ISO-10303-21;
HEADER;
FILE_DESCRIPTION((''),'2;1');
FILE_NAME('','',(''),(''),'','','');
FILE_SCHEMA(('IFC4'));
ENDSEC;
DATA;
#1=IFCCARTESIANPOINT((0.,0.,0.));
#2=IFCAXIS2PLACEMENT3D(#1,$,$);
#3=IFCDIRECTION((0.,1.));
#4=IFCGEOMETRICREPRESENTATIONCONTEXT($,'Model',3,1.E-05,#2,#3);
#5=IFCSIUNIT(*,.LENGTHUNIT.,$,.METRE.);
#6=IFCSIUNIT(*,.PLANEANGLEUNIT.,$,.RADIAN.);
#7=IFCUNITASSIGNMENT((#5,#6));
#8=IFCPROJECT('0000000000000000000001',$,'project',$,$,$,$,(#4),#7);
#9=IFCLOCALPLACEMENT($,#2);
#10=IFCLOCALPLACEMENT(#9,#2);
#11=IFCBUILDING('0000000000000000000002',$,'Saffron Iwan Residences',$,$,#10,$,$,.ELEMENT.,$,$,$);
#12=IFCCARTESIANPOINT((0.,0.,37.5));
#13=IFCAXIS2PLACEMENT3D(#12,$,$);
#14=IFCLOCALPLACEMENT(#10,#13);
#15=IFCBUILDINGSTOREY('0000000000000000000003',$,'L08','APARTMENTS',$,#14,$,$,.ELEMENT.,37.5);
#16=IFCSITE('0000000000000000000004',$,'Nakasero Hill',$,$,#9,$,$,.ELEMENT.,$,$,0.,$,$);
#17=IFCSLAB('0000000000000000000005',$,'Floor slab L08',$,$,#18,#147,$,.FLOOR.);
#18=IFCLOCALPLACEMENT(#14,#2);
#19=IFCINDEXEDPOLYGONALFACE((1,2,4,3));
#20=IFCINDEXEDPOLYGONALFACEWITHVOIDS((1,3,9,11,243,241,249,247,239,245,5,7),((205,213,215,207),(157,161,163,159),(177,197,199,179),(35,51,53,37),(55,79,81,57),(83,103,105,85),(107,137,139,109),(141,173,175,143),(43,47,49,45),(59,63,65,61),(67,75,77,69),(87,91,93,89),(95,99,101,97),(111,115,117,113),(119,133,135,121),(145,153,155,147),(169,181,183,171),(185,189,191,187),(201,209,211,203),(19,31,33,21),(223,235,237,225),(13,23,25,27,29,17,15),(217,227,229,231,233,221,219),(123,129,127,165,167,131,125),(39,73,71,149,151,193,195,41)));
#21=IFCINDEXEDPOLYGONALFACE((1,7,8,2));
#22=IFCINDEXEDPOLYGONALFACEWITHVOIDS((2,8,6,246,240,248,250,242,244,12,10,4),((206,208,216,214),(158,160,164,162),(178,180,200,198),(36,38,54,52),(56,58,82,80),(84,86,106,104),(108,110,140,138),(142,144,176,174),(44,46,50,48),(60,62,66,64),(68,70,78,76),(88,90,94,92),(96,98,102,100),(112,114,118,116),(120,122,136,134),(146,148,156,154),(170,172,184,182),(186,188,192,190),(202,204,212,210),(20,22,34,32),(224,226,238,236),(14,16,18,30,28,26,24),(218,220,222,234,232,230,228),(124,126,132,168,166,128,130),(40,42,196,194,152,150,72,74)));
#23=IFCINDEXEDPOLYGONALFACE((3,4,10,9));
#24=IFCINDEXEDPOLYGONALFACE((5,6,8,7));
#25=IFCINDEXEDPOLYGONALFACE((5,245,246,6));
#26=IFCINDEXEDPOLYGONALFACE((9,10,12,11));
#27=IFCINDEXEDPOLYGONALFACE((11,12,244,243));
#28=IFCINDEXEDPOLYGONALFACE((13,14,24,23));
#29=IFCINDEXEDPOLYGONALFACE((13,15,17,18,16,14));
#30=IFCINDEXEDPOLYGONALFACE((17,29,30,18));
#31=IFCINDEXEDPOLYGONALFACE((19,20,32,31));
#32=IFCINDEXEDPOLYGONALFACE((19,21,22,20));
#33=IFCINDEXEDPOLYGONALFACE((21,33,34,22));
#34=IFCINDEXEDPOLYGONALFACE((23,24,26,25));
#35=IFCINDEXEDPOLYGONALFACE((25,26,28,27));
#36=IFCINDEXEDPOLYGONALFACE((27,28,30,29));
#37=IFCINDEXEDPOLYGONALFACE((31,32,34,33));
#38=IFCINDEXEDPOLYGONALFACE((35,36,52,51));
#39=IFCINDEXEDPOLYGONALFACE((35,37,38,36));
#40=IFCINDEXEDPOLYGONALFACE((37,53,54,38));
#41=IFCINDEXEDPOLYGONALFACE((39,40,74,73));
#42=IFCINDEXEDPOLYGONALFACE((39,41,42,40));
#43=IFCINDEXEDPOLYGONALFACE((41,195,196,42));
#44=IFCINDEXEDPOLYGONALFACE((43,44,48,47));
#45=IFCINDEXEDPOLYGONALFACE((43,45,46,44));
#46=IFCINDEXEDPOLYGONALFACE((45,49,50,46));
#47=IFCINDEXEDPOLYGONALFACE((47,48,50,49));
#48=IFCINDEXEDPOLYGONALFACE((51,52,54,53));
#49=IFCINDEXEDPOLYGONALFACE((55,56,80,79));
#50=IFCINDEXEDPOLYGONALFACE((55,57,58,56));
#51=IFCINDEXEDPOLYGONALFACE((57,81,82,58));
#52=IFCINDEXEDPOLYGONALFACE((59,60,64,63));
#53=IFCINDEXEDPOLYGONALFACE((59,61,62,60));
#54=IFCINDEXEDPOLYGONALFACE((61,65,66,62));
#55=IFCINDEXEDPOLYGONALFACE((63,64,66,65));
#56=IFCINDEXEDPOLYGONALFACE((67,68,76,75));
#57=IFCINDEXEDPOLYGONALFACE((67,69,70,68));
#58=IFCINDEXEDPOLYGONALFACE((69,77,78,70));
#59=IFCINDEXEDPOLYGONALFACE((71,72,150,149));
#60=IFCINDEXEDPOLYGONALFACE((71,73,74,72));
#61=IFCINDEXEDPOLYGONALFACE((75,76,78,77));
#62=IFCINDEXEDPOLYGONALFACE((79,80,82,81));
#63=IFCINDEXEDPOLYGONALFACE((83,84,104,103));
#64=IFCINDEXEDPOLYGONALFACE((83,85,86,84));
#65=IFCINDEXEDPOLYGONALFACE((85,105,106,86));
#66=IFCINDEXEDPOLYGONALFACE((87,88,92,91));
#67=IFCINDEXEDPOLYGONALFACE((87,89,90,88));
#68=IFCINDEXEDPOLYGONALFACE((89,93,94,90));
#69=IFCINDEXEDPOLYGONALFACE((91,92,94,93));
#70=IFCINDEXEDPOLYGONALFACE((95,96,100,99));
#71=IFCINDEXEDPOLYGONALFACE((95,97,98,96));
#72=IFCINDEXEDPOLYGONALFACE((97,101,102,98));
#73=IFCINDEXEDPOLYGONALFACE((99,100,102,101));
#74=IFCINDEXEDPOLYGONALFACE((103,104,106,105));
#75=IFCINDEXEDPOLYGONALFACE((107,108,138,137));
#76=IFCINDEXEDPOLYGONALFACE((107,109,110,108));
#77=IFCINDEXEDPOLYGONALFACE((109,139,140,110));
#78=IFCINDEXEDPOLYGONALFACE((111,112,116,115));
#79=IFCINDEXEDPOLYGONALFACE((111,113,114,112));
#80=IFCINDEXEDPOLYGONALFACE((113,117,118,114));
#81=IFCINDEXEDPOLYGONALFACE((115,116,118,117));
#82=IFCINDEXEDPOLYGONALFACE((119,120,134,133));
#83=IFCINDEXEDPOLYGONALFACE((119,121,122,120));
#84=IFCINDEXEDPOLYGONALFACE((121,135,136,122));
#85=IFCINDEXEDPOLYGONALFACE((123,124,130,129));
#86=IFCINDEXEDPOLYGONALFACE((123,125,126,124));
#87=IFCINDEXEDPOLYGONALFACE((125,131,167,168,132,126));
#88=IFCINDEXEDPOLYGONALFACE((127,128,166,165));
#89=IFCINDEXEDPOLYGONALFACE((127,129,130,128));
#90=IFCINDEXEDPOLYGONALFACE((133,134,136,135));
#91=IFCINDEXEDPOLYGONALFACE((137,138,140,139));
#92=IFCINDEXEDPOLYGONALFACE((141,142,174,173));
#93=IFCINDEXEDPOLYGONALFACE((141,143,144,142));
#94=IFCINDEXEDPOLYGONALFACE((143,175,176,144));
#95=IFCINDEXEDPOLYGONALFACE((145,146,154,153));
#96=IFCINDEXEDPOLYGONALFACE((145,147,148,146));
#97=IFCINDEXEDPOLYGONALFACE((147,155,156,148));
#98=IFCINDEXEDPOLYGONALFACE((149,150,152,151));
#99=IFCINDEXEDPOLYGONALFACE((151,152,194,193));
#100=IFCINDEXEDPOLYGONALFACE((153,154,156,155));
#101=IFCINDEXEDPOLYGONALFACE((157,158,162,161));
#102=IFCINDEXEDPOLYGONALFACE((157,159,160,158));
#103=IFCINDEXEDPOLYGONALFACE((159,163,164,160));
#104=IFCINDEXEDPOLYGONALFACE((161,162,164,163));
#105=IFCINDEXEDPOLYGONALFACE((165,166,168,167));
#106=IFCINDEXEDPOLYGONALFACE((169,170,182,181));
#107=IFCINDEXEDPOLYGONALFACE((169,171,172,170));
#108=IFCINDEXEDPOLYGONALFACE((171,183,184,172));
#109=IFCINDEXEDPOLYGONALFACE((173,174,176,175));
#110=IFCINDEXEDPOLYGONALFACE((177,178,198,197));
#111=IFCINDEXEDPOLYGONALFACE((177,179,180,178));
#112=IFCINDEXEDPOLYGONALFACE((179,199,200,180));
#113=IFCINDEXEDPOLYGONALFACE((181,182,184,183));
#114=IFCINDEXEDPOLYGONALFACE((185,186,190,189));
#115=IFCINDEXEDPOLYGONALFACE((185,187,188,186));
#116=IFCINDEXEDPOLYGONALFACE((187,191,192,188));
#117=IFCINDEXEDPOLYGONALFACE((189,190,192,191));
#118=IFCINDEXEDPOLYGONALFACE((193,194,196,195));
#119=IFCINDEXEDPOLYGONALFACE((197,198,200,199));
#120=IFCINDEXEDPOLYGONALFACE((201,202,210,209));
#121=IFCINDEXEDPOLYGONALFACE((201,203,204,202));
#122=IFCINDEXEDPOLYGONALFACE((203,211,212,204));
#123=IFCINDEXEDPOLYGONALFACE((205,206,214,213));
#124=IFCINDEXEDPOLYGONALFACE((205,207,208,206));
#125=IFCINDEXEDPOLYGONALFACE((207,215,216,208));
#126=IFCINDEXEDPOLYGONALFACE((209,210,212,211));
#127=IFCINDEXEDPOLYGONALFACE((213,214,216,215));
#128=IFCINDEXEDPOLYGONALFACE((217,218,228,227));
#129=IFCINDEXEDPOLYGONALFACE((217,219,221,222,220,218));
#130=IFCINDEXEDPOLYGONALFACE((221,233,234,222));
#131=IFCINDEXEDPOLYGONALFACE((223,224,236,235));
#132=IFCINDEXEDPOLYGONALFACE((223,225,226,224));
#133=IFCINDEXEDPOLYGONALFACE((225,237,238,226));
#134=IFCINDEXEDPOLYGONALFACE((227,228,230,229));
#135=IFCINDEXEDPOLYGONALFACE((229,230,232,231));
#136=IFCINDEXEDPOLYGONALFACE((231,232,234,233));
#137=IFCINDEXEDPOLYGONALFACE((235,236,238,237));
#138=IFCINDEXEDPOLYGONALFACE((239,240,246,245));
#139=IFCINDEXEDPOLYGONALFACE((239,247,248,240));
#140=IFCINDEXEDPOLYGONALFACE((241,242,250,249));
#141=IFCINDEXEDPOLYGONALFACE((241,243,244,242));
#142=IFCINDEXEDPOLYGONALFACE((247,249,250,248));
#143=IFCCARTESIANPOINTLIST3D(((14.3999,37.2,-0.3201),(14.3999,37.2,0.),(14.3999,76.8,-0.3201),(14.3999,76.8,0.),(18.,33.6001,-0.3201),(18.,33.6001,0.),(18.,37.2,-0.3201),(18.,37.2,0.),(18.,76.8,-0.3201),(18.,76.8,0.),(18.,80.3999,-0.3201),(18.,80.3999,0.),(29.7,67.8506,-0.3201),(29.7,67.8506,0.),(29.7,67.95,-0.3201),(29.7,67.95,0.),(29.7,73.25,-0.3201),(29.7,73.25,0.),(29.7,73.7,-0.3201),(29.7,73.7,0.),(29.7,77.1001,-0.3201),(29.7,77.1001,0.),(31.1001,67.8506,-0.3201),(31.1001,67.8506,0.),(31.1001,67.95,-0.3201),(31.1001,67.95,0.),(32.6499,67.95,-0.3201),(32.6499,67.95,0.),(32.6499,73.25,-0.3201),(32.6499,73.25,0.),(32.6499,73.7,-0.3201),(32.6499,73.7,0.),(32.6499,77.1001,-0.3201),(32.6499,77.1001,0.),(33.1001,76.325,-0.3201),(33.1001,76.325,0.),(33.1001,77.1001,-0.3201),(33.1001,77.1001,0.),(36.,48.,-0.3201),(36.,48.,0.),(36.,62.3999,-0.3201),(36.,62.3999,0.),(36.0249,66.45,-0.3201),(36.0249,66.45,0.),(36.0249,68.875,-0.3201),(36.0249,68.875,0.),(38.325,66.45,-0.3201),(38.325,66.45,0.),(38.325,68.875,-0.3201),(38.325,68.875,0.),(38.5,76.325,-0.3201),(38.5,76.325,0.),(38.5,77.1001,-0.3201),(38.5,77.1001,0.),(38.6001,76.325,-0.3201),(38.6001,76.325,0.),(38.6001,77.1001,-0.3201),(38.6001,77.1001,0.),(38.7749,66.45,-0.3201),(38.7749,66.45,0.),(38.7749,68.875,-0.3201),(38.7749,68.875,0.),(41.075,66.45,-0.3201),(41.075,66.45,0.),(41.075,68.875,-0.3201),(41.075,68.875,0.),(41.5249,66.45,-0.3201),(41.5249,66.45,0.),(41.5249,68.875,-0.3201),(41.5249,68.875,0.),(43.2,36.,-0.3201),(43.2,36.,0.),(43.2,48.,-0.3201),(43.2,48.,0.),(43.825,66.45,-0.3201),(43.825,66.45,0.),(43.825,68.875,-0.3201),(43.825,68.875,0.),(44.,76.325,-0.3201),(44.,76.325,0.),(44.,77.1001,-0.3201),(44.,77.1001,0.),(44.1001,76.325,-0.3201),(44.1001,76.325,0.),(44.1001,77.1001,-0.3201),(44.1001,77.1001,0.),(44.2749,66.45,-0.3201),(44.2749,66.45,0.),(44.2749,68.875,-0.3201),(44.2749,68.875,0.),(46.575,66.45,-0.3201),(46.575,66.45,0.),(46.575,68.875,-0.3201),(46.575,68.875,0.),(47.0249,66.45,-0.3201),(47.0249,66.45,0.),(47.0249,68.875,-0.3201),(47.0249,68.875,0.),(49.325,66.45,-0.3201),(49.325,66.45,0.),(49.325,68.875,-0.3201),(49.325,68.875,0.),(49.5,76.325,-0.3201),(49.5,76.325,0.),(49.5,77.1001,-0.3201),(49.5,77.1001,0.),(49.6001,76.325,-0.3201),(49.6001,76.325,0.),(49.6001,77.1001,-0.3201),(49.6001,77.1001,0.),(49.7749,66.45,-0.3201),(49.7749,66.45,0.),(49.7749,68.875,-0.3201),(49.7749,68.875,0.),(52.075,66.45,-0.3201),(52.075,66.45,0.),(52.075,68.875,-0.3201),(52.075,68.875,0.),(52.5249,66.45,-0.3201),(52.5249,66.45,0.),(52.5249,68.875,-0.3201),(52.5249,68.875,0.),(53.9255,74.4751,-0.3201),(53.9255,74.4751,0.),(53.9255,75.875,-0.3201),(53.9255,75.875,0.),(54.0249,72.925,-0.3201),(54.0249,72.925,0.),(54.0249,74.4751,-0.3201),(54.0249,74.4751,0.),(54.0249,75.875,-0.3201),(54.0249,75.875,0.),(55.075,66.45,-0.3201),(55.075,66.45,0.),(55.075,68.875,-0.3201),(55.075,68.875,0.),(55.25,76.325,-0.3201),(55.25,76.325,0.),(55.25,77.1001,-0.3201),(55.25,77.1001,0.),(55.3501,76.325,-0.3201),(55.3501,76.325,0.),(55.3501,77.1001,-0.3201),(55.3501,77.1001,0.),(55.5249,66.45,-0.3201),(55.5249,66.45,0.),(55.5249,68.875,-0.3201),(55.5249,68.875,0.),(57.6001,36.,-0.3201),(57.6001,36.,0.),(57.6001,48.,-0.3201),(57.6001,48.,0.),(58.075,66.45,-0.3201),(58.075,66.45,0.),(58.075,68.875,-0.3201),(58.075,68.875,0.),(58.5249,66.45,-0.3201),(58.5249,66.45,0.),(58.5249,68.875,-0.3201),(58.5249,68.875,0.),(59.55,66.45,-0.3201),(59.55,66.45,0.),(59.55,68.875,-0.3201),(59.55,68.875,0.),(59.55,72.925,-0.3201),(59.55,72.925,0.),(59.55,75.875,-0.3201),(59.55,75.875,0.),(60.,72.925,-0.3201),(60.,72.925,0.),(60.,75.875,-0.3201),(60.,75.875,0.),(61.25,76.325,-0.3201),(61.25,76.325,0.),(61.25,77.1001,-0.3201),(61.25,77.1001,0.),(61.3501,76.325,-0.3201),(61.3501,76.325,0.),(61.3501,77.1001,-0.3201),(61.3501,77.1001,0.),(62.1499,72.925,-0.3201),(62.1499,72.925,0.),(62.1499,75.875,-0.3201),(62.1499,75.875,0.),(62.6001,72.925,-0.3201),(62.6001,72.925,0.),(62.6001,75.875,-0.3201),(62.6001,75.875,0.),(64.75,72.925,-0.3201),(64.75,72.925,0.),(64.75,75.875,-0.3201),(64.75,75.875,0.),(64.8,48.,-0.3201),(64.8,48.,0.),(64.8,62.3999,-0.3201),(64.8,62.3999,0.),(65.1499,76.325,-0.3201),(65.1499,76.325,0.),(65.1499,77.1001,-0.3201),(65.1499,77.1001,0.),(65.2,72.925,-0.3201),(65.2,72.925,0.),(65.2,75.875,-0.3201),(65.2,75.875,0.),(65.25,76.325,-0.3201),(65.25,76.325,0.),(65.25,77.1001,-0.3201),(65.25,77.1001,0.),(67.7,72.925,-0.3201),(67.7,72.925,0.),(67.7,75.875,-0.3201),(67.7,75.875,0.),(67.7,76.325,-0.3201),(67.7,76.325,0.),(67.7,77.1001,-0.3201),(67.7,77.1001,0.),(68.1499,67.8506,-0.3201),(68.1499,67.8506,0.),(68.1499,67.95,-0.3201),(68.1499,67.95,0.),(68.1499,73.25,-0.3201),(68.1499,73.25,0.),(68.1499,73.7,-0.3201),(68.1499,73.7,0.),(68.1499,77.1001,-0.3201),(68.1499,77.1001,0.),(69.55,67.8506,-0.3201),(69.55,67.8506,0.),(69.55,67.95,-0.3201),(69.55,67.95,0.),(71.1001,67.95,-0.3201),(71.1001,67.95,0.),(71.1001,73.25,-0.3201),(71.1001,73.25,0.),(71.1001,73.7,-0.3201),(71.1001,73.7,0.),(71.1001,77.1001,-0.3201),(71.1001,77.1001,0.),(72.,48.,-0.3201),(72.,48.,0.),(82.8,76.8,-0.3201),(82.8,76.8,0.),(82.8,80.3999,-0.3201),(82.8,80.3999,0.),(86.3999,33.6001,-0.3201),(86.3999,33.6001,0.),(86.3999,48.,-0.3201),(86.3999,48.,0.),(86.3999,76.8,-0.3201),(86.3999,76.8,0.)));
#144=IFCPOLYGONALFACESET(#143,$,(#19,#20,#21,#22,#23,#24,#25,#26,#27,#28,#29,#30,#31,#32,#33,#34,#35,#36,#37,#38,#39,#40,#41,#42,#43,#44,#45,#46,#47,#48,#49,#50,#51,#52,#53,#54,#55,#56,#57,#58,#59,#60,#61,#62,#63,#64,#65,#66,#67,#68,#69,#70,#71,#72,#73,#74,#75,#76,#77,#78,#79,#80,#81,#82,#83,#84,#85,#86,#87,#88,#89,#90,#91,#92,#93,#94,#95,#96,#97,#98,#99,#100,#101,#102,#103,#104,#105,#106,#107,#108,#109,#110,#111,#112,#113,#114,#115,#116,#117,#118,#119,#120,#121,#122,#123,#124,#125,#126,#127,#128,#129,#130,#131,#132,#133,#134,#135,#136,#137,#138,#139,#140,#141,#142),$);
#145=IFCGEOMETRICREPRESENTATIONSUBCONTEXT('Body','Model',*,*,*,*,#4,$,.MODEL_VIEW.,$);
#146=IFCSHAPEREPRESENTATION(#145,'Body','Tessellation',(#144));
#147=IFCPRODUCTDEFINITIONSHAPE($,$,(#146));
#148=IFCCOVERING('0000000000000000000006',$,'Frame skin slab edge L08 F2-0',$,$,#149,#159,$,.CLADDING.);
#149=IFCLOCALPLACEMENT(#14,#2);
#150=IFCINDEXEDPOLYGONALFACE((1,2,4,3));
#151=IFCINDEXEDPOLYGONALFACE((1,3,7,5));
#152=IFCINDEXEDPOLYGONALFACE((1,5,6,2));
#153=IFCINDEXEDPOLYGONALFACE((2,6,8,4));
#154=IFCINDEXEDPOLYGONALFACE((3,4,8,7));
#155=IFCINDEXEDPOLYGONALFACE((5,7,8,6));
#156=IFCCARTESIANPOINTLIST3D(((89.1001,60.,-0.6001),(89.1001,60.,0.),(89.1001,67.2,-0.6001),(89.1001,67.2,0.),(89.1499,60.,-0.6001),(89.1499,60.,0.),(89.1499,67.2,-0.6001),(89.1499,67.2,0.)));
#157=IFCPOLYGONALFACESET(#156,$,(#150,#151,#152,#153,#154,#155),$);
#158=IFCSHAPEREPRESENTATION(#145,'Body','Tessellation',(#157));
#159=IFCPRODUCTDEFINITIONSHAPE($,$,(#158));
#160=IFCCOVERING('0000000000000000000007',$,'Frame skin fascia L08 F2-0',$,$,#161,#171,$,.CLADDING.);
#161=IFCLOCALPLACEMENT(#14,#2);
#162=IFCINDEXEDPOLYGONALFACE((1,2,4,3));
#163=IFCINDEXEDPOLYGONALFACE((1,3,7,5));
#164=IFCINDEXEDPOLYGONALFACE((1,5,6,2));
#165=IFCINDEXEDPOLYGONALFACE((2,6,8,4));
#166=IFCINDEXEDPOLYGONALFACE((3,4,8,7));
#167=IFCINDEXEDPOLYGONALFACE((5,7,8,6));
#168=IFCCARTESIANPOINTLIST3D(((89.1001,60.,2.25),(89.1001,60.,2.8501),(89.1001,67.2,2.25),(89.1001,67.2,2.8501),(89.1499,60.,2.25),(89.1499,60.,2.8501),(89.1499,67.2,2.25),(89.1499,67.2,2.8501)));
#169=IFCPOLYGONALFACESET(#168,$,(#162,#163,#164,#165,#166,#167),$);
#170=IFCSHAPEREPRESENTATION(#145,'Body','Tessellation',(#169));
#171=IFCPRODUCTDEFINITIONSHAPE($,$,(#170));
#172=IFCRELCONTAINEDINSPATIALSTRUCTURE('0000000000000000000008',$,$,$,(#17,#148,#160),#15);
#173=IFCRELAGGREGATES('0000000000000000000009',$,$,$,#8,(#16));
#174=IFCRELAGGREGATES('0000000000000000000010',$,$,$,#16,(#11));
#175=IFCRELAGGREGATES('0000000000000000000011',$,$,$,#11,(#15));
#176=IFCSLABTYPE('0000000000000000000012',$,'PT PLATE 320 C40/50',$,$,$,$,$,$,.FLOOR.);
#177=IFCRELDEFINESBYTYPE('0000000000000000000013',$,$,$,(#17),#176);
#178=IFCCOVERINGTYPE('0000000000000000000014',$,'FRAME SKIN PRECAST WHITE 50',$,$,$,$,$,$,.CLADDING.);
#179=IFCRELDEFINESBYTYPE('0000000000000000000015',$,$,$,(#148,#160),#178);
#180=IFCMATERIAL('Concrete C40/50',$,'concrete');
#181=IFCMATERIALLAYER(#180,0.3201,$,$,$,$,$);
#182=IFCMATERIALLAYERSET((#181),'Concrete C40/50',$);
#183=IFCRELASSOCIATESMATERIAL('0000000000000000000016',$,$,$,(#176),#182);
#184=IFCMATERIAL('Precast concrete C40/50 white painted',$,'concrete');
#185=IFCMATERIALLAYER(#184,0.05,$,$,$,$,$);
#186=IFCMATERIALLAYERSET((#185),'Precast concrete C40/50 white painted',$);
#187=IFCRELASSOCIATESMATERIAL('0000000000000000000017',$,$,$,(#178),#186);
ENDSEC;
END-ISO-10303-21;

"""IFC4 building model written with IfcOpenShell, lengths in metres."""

from ifc_helpers import new_model, si_unit, direction, frame, origin, place, context, subcontext, project, spatial, polyline, outline, extrude, material, layer, layer_set, type_object, element, save


model = new_model("IFC4")

# Units and contexts
model_context = context("Model", 3, precision=1e-05, world=origin(), true_north=direction((0.0, 1.0)))
body_context = subcontext(model_context, "Body", "Model", "MODEL_VIEW")
ifc_project = project(units=[si_unit("LENGTHUNIT", "METRE"), si_unit("PLANEANGLEUNIT", "RADIAN")], contexts=[model_context])

# Site, building, storey
site_placement = place(None, origin())
site = spatial("IfcSite", under=ifc_project, at=site_placement, Name="Nakasero Hill", CompositionType="ELEMENT", RefElevation=0.0)
building_placement = place(site_placement, origin())
building = spatial("IfcBuilding", under=site, at=building_placement, Name="Saffron Iwan Residences", CompositionType="ELEMENT")
storey_placement = place(building_placement, frame((0.0, 0.0, 37.5)))
storey = spatial("IfcBuildingStorey", under=building, at=storey_placement, Name="L08", Description="APARTMENTS", CompositionType="ELEMENT", Elevation=37.5)

# Slab
ifc_material_1 = material(Name="Concrete C40/50", Category="concrete")
ifc_layer_1 = layer(ifc_material_1, 0.3201)
ifc_layer_set_1 = layer_set([ifc_layer_1], Name="Concrete C40/50")
slab_type_1 = type_object("IfcSlabType", Name="PT PLATE 320 C40/50", PredefinedType="FLOOR", material=ifc_layer_set_1)
slab_1_placement = place(storey_placement, frame((0.0, 0.0, -0.3201)))
element("IfcSlab", 1, at=slab_1_placement, inside=storey, type_object=slab_type_1, Name="Floor slab L08", PredefinedType="FLOOR", context=body_context, shape_type="SweptSolid", body=[
    extrude(outline(polyline([(14.3999, 37.2), (14.3999, 76.8), (18.0, 76.8), (18.0, 80.3999), (82.8, 80.3999), (82.8, 76.8), (86.3999, 76.8), (86.3999, 48.0), (72.0, 48.0), (86.3999, 33.6001), (18.0, 33.6001), (18.0, 37.2), (14.3999, 37.2)]), holes=[polyline([(64.8, 48.0), (64.8, 62.3999), (36.0, 62.3999), (36.0, 48.0), (43.2, 48.0), (43.2, 36.0), (57.6001, 36.0), (57.6001, 48.0), (64.8, 48.0)]), polyline([(38.325, 68.875), (36.0249, 68.875), (36.0249, 66.45), (38.325, 66.45), (38.325, 68.875)]), polyline([(41.075, 66.45), (41.075, 68.875), (38.7749, 68.875), (38.7749, 66.45), (41.075, 66.45)]), polyline([(43.825, 66.45), (43.825, 68.875), (41.5249, 68.875), (41.5249, 66.45), (43.825, 66.45)]), polyline([(46.575, 68.875), (44.2749, 68.875), (44.2749, 66.45), (46.575, 66.45), (46.575, 68.875)]), polyline([(49.325, 66.45), (49.325, 68.875), (47.0249, 68.875), (47.0249, 66.45), (49.325, 66.45)]), polyline([(52.075, 66.45), (52.075, 68.875), (49.7749, 68.875), (49.7749, 66.45), (52.075, 66.45)]), polyline([(29.7, 73.25), (29.7, 67.95), (29.7, 67.8506), (31.1001, 67.8506), (31.1001, 67.95), (32.6499, 67.95), (32.6499, 73.25), (29.7, 73.25)]), polyline([(32.6499, 73.7), (32.6499, 77.1001), (29.7, 77.1001), (29.7, 73.7), (32.6499, 73.7)]), polyline([(38.5, 76.325), (38.5, 77.1001), (33.1001, 77.1001), (33.1001, 76.325), (38.5, 76.325)]), polyline([(44.0, 77.1001), (38.6001, 77.1001), (38.6001, 76.325), (44.0, 76.325), (44.0, 77.1001)]), polyline([(49.5, 76.325), (49.5, 77.1001), (44.1001, 77.1001), (44.1001, 76.325), (49.5, 76.325)]), polyline([(55.25, 76.325), (55.25, 77.1001), (49.6001, 77.1001), (49.6001, 76.325), (55.25, 76.325)]), polyline([(55.075, 68.875), (52.5249, 68.875), (52.5249, 66.45), (55.075, 66.45), (55.075, 68.875)]), polyline([(58.075, 66.45), (58.075, 68.875), (55.5249, 68.875), (55.5249, 66.45), (58.075, 66.45)]), polyline([(59.55, 66.45), (59.55, 68.875), (58.5249, 68.875), (58.5249, 66.45), (59.55, 66.45)]), polyline([(68.1499, 73.25), (68.1499, 67.95), (68.1499, 67.8506), (69.55, 67.8506), (69.55, 67.95), (71.1001, 67.95), (71.1001, 73.25), (68.1499, 73.25)]), polyline([(53.9255, 74.4751), (54.0249, 74.4751), (54.0249, 72.925), (59.55, 72.925), (59.55, 75.875), (54.0249, 75.875), (53.9255, 75.875), (53.9255, 74.4751)]), polyline([(62.1499, 72.925), (62.1499, 75.875), (60.0, 75.875), (60.0, 72.925), (62.1499, 72.925)]), polyline([(64.75, 75.875), (62.6001, 75.875), (62.6001, 72.925), (64.75, 72.925), (64.75, 75.875)]), polyline([(67.7, 72.925), (67.7, 75.875), (65.2, 75.875), (65.2, 72.925), (67.7, 72.925)]), polyline([(71.1001, 73.7), (71.1001, 77.1001), (68.1499, 77.1001), (68.1499, 73.7), (71.1001, 73.7)]), polyline([(61.25, 77.1001), (55.3501, 77.1001), (55.3501, 76.325), (61.25, 76.325), (61.25, 77.1001)]), polyline([(65.1499, 76.325), (65.1499, 77.1001), (61.3501, 77.1001), (61.3501, 76.325), (65.1499, 76.325)]), polyline([(67.7, 76.325), (67.7, 77.1001), (65.25, 77.1001), (65.25, 76.325), (67.7, 76.325)])]), origin(), (0.0, 0.0, 1.0), 0.3201),
])

# Coverings
ifc_material_2 = material(Name="Precast concrete C40/50 white painted", Category="concrete")
ifc_layer_2 = layer(ifc_material_2, 0.05)
ifc_layer_set_2 = layer_set([ifc_layer_2], Name="Precast concrete C40/50 white painted")
covering_type_1 = type_object("IfcCoveringType", Name="FRAME SKIN PRECAST WHITE 50", PredefinedType="CLADDING", material=ifc_layer_set_2)
for number, where, name in (
    (2, (0.0, 0.0, -0.6001), "Frame skin slab edge L08 F2-0"),
    (3, (0.0, 0.0, 2.25), "Frame skin fascia L08 F2-0"),
):
    element("IfcCovering", number, at=place(storey_placement, frame(where)), inside=storey, type_object=covering_type_1, Name=name, PredefinedType="CLADDING", context=body_context, shape_type="SweptSolid", body=[
        extrude(outline(polyline([(89.1499, 60.0), (89.1499, 67.2), (89.1001, 67.2), (89.1001, 60.0), (89.1499, 60.0)])), origin(), (0.0, 0.0, 1.0), 0.6001),
    ])

save(model, "model.ifc")
